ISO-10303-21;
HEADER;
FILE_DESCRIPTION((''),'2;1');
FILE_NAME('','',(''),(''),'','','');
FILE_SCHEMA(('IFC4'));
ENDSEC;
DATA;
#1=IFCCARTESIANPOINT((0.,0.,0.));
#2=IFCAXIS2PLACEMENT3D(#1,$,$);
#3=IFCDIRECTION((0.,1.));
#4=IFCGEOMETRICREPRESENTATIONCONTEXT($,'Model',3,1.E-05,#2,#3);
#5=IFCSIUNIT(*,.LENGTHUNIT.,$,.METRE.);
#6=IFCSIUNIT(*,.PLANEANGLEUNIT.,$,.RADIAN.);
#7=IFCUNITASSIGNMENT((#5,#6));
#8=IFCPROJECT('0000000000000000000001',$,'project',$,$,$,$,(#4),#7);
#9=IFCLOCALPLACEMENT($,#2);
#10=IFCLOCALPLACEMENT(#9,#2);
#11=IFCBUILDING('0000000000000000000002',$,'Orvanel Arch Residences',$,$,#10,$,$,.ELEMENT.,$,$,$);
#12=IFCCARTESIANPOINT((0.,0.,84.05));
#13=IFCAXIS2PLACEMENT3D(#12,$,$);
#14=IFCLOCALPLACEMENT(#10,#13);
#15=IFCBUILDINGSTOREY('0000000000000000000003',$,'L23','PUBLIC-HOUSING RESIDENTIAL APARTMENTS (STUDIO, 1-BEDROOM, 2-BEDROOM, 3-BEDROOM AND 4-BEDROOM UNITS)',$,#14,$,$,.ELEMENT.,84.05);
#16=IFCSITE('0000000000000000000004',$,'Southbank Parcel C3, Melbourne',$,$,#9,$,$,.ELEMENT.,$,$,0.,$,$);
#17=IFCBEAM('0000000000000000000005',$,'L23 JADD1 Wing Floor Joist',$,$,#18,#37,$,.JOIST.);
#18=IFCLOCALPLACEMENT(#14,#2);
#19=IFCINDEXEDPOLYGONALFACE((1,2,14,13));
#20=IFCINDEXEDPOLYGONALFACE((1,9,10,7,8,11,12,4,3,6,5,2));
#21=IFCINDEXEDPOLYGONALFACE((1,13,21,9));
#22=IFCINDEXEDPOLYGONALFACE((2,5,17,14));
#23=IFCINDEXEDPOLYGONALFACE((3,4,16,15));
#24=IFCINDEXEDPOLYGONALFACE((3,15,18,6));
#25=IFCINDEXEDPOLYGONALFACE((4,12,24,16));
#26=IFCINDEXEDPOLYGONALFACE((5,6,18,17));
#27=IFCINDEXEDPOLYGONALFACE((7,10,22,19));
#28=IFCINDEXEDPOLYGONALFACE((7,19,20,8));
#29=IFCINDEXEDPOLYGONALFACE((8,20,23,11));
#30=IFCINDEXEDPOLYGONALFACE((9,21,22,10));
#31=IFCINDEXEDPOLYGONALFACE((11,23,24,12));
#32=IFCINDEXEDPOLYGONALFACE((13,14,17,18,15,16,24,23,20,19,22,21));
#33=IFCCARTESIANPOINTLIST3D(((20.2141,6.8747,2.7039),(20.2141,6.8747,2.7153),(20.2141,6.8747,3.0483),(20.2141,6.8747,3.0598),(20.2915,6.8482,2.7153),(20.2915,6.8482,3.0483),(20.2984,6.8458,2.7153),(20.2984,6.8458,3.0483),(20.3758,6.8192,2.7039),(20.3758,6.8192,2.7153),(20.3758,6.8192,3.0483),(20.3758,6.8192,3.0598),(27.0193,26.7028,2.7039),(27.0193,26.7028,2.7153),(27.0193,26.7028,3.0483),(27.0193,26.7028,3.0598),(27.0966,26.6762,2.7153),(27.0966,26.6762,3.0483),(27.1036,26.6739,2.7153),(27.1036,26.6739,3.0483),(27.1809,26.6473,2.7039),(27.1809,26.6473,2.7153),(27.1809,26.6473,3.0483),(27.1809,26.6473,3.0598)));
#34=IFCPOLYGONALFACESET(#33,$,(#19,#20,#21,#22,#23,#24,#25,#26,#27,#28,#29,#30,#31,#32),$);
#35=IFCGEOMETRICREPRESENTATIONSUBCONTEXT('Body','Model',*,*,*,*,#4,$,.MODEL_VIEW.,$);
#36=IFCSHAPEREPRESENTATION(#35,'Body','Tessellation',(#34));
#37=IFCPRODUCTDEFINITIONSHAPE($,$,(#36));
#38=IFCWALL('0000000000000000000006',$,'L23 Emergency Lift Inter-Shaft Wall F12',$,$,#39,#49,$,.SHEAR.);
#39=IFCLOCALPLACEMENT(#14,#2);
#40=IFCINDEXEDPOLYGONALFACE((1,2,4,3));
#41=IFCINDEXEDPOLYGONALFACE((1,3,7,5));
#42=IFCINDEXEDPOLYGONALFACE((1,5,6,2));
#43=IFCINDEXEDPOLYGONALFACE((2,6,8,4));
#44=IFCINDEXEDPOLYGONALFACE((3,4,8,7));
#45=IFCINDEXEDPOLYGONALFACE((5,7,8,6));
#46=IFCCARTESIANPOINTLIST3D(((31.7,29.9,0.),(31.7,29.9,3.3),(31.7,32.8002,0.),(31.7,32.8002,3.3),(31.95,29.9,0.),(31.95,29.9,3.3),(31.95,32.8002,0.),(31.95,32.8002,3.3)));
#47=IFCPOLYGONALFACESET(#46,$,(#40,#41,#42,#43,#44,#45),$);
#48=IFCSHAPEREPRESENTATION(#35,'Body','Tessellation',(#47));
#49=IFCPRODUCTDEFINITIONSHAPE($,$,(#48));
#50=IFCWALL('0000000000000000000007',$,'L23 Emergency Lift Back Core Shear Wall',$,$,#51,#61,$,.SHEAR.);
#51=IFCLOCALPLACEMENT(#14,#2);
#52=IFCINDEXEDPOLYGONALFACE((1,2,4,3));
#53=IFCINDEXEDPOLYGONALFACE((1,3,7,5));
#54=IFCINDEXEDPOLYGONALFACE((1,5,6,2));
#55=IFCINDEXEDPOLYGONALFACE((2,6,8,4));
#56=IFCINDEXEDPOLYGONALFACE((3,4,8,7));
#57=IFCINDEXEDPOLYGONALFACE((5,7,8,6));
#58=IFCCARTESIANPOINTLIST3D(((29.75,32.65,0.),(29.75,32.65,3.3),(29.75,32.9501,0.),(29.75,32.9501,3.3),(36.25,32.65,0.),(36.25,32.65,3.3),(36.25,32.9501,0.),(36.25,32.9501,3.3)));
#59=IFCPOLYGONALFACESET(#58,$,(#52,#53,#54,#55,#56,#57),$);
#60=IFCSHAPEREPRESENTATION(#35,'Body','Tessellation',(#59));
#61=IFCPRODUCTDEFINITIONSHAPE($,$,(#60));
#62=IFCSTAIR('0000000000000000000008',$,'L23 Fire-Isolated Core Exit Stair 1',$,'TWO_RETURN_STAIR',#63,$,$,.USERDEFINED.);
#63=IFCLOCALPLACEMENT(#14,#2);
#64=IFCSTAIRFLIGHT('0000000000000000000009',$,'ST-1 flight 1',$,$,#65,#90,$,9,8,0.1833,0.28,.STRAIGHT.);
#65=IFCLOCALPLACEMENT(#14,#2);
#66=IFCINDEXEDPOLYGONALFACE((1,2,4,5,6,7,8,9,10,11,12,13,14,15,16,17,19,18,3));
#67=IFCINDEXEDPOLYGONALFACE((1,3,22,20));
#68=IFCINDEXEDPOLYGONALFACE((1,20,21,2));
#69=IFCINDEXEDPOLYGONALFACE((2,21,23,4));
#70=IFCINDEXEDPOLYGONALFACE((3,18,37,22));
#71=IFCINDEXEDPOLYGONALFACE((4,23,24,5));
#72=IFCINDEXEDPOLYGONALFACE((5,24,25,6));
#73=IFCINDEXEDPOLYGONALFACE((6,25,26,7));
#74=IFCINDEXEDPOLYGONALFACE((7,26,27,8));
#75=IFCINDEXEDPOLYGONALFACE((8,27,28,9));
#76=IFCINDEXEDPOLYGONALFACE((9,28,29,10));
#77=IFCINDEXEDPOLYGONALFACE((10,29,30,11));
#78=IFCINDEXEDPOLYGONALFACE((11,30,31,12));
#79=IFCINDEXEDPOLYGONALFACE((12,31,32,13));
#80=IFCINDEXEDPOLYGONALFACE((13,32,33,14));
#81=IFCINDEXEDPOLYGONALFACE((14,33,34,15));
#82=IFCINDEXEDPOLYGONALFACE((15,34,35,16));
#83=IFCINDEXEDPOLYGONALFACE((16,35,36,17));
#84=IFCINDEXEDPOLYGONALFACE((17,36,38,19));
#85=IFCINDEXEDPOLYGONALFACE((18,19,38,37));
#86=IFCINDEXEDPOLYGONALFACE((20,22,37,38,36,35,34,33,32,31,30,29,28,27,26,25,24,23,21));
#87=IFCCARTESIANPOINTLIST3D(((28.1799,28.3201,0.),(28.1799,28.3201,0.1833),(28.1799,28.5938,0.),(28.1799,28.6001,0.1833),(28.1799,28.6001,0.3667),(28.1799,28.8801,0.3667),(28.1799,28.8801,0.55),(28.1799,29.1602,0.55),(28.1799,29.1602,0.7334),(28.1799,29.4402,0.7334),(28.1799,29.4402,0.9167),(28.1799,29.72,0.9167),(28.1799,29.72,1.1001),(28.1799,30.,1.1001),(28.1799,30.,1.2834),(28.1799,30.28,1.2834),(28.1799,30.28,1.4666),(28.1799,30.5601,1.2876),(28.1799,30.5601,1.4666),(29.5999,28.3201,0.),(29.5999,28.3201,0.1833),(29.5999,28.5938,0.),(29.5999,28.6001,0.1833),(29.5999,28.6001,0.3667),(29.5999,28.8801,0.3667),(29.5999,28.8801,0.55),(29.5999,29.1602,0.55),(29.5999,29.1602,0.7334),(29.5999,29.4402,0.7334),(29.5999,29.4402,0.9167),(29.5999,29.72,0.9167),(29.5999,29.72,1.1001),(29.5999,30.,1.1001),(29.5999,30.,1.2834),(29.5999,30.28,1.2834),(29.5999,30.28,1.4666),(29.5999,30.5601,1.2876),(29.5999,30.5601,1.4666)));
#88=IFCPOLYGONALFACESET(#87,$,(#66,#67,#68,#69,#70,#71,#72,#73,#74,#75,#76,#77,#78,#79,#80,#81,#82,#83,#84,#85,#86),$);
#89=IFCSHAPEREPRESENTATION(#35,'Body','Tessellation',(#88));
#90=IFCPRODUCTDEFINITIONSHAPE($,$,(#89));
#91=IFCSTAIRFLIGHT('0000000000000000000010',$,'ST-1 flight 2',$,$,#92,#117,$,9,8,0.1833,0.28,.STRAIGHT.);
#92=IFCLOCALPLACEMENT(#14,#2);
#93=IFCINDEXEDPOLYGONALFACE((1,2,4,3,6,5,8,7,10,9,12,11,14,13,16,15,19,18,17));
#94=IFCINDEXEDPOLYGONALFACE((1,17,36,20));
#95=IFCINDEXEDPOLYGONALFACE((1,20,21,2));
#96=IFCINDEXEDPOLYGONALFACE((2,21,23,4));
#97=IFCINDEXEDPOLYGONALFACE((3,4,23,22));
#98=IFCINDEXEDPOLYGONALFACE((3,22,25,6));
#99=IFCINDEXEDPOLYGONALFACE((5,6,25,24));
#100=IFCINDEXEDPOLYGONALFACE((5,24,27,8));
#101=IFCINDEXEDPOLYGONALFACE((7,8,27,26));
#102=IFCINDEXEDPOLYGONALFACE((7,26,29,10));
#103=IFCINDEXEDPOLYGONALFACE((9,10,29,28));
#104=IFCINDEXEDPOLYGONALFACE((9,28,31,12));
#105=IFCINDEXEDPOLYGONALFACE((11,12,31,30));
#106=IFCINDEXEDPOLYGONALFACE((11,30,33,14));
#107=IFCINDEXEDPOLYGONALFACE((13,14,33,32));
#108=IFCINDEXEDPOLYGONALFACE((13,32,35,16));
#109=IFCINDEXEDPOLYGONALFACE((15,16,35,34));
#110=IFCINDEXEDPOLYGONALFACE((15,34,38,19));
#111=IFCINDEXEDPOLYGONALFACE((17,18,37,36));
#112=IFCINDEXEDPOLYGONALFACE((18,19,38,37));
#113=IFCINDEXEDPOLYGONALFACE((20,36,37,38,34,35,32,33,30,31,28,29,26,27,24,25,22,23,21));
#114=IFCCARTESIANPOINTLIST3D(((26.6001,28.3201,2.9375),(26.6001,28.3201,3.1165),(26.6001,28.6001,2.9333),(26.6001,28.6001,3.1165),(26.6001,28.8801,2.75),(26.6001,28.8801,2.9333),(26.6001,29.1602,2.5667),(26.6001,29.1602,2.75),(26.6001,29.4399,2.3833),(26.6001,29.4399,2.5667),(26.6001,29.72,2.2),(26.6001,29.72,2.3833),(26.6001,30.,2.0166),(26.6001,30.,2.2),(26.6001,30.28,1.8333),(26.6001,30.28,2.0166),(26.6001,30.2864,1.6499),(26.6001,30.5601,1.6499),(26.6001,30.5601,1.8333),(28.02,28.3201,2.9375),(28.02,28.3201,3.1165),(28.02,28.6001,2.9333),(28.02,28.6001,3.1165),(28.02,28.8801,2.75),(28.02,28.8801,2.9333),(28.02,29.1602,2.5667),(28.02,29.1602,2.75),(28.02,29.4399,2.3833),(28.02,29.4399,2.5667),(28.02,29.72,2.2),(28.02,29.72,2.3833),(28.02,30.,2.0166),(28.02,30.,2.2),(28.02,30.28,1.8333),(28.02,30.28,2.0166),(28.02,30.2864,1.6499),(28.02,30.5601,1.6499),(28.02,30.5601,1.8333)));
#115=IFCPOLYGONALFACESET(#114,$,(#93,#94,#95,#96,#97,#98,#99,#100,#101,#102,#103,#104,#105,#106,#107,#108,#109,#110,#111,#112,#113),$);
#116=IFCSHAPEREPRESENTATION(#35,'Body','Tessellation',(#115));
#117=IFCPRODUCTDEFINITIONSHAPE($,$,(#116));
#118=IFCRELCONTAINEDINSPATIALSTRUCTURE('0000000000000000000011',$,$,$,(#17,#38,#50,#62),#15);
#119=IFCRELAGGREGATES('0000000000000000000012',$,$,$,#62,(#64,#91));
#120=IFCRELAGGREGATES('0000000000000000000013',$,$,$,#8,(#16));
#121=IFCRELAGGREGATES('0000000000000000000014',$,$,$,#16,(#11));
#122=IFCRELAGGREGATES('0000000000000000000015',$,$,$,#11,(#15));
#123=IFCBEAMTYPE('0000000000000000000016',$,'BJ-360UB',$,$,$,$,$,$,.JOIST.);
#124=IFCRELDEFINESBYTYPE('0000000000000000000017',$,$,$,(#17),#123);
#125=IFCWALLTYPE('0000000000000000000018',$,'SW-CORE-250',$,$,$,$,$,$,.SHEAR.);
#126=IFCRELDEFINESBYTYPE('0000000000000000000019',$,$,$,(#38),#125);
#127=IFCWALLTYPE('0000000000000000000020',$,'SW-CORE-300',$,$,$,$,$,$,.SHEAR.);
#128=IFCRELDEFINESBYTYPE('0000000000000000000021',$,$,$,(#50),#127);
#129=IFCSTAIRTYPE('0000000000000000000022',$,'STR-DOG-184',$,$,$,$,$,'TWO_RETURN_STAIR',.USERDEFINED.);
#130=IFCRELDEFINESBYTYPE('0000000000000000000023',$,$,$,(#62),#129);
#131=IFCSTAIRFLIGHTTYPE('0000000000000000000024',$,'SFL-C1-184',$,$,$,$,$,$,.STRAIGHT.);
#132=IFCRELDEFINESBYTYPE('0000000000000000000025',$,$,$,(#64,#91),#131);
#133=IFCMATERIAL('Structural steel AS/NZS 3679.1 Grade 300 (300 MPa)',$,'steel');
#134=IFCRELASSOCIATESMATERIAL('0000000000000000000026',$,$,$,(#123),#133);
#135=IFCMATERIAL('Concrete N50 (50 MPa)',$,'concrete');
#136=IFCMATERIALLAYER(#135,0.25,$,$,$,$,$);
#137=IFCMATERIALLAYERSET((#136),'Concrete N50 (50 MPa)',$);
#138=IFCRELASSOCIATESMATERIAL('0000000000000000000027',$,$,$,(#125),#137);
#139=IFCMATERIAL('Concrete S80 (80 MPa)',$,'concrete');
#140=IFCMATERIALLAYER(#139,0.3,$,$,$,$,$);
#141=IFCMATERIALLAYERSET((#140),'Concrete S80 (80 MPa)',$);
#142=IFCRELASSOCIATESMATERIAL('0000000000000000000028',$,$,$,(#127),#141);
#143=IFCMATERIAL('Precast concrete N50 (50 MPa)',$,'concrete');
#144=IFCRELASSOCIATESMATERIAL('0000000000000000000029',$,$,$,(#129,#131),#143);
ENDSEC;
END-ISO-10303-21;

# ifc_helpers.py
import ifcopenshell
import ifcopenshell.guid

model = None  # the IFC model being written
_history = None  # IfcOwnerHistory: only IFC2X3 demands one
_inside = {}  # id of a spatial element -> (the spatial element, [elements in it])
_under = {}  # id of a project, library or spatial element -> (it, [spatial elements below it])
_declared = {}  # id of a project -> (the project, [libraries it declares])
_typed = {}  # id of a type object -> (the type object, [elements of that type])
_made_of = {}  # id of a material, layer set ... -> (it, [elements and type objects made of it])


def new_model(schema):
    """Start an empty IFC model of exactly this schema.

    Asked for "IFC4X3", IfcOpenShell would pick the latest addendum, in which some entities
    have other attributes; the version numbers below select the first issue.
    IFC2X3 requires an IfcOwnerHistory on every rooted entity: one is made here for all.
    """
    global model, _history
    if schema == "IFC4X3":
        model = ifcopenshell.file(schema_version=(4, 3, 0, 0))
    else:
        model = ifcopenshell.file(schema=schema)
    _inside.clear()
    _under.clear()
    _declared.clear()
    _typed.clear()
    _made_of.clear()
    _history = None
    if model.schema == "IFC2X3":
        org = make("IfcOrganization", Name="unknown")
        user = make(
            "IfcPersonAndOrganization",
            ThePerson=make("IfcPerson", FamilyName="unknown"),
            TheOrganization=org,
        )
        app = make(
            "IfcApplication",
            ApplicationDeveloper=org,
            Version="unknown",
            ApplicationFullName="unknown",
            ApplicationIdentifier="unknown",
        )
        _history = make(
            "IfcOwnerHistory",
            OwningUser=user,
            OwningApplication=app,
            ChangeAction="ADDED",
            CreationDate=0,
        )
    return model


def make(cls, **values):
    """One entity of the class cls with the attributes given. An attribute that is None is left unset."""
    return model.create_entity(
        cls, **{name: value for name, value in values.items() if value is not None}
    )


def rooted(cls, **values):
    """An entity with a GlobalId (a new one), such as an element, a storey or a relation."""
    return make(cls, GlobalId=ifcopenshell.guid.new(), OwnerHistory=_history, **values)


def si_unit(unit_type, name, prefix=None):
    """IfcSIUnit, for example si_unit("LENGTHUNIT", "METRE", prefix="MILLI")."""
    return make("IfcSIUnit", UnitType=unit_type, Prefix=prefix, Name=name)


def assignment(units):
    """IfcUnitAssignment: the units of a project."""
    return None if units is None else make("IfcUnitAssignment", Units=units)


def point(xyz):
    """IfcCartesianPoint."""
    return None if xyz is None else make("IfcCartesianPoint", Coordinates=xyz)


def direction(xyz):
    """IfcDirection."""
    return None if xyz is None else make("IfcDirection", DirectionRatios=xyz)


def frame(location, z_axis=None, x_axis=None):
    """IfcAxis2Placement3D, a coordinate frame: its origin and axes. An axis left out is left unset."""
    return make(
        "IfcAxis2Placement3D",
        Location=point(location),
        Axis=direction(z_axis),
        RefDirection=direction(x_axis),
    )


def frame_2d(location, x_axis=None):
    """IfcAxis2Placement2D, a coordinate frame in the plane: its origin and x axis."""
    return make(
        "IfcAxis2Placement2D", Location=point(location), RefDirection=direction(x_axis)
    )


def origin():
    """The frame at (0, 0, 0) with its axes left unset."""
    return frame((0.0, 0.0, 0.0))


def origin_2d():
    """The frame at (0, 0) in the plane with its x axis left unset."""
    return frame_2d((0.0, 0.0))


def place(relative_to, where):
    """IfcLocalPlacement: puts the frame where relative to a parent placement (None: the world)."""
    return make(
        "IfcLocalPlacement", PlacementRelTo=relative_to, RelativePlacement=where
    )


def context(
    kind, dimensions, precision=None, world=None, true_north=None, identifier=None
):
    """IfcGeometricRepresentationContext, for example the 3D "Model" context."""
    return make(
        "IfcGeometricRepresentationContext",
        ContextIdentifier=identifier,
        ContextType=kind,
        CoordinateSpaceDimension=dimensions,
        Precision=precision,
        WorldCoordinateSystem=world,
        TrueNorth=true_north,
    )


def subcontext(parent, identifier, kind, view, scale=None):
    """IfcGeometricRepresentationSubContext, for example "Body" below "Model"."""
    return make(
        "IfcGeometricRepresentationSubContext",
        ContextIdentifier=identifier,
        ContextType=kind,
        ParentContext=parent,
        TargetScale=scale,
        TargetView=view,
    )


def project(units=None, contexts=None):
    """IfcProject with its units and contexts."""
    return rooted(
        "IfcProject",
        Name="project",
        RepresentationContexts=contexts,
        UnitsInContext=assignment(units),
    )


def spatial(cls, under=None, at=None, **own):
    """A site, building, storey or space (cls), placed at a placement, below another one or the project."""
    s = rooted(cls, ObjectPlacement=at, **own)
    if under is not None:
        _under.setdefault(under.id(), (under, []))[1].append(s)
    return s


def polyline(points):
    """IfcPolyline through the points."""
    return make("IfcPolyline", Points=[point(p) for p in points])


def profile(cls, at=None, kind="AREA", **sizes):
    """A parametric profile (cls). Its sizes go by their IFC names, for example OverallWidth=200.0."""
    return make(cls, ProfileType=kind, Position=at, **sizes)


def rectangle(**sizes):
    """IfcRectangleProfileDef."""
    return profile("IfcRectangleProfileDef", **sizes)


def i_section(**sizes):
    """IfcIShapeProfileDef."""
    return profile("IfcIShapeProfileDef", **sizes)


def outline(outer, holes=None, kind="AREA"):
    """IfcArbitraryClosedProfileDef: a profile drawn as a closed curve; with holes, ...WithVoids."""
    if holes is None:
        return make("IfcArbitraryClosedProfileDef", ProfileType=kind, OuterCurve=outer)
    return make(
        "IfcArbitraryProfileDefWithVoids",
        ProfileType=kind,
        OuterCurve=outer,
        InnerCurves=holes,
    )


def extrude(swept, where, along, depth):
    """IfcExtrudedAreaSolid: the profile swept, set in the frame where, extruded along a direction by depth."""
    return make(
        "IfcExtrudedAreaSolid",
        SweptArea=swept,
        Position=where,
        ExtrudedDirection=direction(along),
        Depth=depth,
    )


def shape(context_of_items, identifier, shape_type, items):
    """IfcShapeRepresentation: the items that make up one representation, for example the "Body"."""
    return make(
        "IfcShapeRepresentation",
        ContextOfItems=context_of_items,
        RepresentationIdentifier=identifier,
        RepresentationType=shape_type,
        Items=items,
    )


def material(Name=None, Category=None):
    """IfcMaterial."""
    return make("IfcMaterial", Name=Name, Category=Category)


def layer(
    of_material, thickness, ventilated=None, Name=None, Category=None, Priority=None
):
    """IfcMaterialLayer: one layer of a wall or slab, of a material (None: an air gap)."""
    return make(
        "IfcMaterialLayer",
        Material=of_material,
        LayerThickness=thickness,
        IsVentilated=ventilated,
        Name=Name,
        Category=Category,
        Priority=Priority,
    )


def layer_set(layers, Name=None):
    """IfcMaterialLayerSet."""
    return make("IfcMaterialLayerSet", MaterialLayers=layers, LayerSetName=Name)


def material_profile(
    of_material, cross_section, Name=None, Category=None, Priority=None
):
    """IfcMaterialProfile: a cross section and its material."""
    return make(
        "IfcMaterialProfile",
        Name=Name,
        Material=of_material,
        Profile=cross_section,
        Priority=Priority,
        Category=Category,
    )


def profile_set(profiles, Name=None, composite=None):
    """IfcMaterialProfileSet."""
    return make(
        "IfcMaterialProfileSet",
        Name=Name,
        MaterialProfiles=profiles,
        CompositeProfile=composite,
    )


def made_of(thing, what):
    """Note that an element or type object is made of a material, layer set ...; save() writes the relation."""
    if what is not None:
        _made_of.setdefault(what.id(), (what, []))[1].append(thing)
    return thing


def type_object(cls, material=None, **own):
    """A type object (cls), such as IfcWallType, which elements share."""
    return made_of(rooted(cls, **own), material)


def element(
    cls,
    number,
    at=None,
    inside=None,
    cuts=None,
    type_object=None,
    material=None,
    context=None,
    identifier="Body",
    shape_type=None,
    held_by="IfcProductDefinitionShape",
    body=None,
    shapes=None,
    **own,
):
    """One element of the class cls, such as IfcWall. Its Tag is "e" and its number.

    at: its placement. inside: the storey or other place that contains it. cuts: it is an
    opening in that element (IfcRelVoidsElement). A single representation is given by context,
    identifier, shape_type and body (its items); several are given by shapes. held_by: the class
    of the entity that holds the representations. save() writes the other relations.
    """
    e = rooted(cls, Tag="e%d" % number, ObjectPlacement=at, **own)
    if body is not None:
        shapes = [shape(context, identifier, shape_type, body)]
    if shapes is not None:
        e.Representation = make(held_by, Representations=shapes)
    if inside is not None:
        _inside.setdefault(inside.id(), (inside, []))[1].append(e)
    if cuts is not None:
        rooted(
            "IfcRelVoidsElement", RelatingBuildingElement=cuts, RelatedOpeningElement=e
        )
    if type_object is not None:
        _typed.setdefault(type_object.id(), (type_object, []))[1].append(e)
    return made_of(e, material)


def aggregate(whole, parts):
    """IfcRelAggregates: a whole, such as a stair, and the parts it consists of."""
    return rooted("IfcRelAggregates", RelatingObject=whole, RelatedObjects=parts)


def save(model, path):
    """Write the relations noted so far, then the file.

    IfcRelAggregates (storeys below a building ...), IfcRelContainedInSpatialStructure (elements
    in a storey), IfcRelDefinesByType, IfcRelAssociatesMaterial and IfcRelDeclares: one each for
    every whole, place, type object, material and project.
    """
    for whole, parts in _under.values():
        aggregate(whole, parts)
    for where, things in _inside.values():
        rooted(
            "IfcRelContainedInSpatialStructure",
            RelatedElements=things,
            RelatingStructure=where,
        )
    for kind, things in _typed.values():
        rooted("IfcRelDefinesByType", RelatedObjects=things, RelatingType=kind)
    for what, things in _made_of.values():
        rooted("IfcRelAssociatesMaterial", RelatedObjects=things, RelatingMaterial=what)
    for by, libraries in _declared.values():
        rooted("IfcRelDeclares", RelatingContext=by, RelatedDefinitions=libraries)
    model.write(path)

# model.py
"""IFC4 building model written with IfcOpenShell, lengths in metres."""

from ifc_helpers import new_model, si_unit, direction, frame, frame_2d, origin, origin_2d, place, context, subcontext, project, spatial, polyline, rectangle, i_section, outline, extrude, material, layer, layer_set, material_profile, profile_set, type_object, element, aggregate, save


model = new_model("IFC4")

# Units and contexts
model_context = context("Model", 3, precision=1e-05, world=origin(), true_north=direction((0.0, 1.0)))
body_context = subcontext(model_context, "Body", "Model", "MODEL_VIEW")
ifc_project = project(units=[si_unit("LENGTHUNIT", "METRE"), si_unit("PLANEANGLEUNIT", "RADIAN")], contexts=[model_context])

# Site, building, storey
site_placement = place(None, origin())
site = spatial("IfcSite", under=ifc_project, at=site_placement, Name="Southbank Parcel C3, Melbourne", CompositionType="ELEMENT", RefElevation=0.0)
building_placement = place(site_placement, origin())
building = spatial("IfcBuilding", under=site, at=building_placement, Name="Orvanel Arch Residences", CompositionType="ELEMENT")
storey_placement = place(building_placement, frame((0.0, 0.0, 84.05)))
storey = spatial("IfcBuildingStorey", under=building, at=storey_placement, Name="L23", Description="PUBLIC-HOUSING RESIDENTIAL APARTMENTS (STUDIO, 1-BEDROOM, 2-BEDROOM, 3-BEDROOM AND 4-BEDROOM UNITS)", CompositionType="ELEMENT", Elevation=84.05)

# Beam
ifc_material_1 = material(Name="Structural steel AS/NZS 3679.1 Grade 300 (300 MPa)", Category="steel")
ifc_material_profile_1 = material_profile(ifc_material_1, i_section(OverallWidth=0.1709, OverallDepth=0.356, WebThickness=0.0073, FlangeThickness=0.0115, at=origin_2d()), Name="360UB50.7")
ifc_profile_set_1 = profile_set([ifc_material_profile_1], Name="Structural steel AS/NZS 3679.1 Grade 300 (300 MPa)")
beam_type_1 = type_object("IfcBeamType", Name="BJ-360UB", PredefinedType="JOIST", material=ifc_profile_set_1)
beam_1_placement = place(storey_placement, frame((27.1001, 26.675, 2.8818), z_axis=(-0.324621, -0.945844, 0.0), x_axis=(0.945844, -0.324621, 0.0)))
element("IfcBeam", 1, at=beam_1_placement, inside=storey, type_object=beam_type_1, Name="L23 JADD1 Wing Floor Joist", PredefinedType="JOIST", context=body_context, shape_type="SweptSolid", body=[
    extrude(i_section(OverallWidth=0.1709, OverallDepth=0.356, WebThickness=0.0073, FlangeThickness=0.0115, at=origin_2d()), origin(), (0.0, 0.0, 1.0), 20.9634),
])

# Wall
ifc_material_2 = material(Name="Concrete N50 (50 MPa)", Category="concrete")
ifc_layer_1 = layer(ifc_material_2, 0.25)
ifc_layer_set_1 = layer_set([ifc_layer_1], Name="Concrete N50 (50 MPa)")
wall_type_1 = type_object("IfcWallType", Name="SW-CORE-250", PredefinedType="SHEAR", material=ifc_layer_set_1)
wall_1_placement = place(storey_placement, frame((31.825, 29.8999, 0.0), z_axis=(0.0, 0.0, 1.0), x_axis=(0.0, 1.0, 0.0)))
element("IfcWall", 2, at=wall_1_placement, inside=storey, type_object=wall_type_1, Name="L23 Emergency Lift Inter-Shaft Wall F12", PredefinedType="SHEAR", context=body_context, shape_type="SweptSolid", body=[
    extrude(rectangle(XDim=2.9001, YDim=0.25, at=frame_2d((1.4502, 0.0))), origin(), (0.0, 0.0, 1.0), 3.3),
])

# Shared definitions
ifc_material_3 = material(Name="Concrete S80 (80 MPa)", Category="concrete")
ifc_layer_2 = layer(ifc_material_3, 0.3)
ifc_layer_set_2 = layer_set([ifc_layer_2], Name="Concrete S80 (80 MPa)")
wall_type_2 = type_object("IfcWallType", Name="SW-CORE-300", PredefinedType="SHEAR", material=ifc_layer_set_2)

# Wall
wall_2_placement = place(storey_placement, frame((29.75, 32.8, 0.0), z_axis=(0.0, 0.0, 1.0), x_axis=(1.0, 0.0, 0.0)))
element("IfcWall", 3, at=wall_2_placement, inside=storey, type_object=wall_type_2, Name="L23 Emergency Lift Back Core Shear Wall", PredefinedType="SHEAR", context=body_context, shape_type="SweptSolid", body=[
    extrude(rectangle(XDim=6.5, YDim=0.3, at=frame_2d((3.25, 0.0))), origin(), (0.0, 0.0, 1.0), 3.3),
])

# Stair, stair flights
ifc_material_4 = material(Name="Precast concrete N50 (50 MPa)", Category="concrete")
stair_type = type_object("IfcStairType", Name="STR-DOG-184", ElementType="TWO_RETURN_STAIR", PredefinedType="USERDEFINED", material=ifc_material_4)
stair_placement = place(storey_placement, origin())
stair = element("IfcStair", 4, at=stair_placement, inside=storey, type_object=stair_type, Name="L23 Fire-Isolated Core Exit Stair 1", ObjectType="TWO_RETURN_STAIR", PredefinedType="USERDEFINED")
stair_flight_type = type_object("IfcStairFlightType", Name="SFL-C1-184", PredefinedType="STRAIGHT", material=ifc_material_4)
stair_flight_1_placement = place(storey_placement, frame((28.8899, 28.3201, 0.0), z_axis=(0.0, 0.0, 1.0), x_axis=(0.0, 1.0, 0.0)))
stair_flight_1 = element("IfcStairFlight", 5, at=stair_flight_1_placement, type_object=stair_flight_type, Name="ST-1 flight 1", NumberOfRisers=9, NumberOfTreads=8, PredefinedType="STRAIGHT", RiserHeight=0.1833, TreadLength=0.28, context=body_context, shape_type="SweptSolid", body=[
    extrude(outline(polyline([(0.0, 0.0), (0.0, 0.1833), (0.28, 0.1833), (0.28, 0.3667), (0.5601, 0.3667), (0.5601, 0.55), (0.8401, 0.55), (0.8401, 0.7334), (1.1201, 0.7334), (1.1201, 0.9167), (1.3999, 0.9167), (1.3999, 1.1001), (1.6799, 1.1001), (1.6799, 1.2834), (1.96, 1.2834), (1.96, 1.4666), (2.24, 1.4666), (2.24, 1.6499), (2.24, 1.2876), (0.2737, 0.0), (0.0, 0.0)])), frame((0.0, 0.71, 0.0), z_axis=(0.0, -1.0, 0.0), x_axis=(1.0, 0.0, 0.0)), (0.0, 0.0, 1.0), 1.4199),
])
stair_flight_2_placement = place(storey_placement, frame((27.3101, 30.5601, 1.6499), z_axis=(0.0, 0.0, 1.0), x_axis=(0.0, -1.0, 0.0)))
stair_flight_2 = element("IfcStairFlight", 6, at=stair_flight_2_placement, type_object=stair_flight_type, Name="ST-1 flight 2", NumberOfRisers=9, NumberOfTreads=8, PredefinedType="STRAIGHT", RiserHeight=0.1833, TreadLength=0.28, context=body_context, shape_type="SweptSolid", body=[
    extrude(outline(polyline([(0.0, 0.0), (0.0, 0.1833), (0.28, 0.1833), (0.28, 0.3667), (0.5601, 0.3667), (0.5601, 0.55), (0.8401, 0.55), (0.8401, 0.7334), (1.1201, 0.7334), (1.1201, 0.9167), (1.3999, 0.9167), (1.3999, 1.1001), (1.6799, 1.1001), (1.6799, 1.2834), (1.96, 1.2834), (1.96, 1.4666), (2.24, 1.4666), (2.24, 1.6499), (2.24, 1.2876), (0.2737, 0.0), (0.0, 0.0)])), frame((0.0, 0.71, 0.0), z_axis=(0.0, -1.0, 0.0), x_axis=(1.0, 0.0, 0.0)), (0.0, 0.0, 1.0), 1.4199),
])
aggregate(stair, [stair_flight_1, stair_flight_2])

save(model, "model.ifc")
